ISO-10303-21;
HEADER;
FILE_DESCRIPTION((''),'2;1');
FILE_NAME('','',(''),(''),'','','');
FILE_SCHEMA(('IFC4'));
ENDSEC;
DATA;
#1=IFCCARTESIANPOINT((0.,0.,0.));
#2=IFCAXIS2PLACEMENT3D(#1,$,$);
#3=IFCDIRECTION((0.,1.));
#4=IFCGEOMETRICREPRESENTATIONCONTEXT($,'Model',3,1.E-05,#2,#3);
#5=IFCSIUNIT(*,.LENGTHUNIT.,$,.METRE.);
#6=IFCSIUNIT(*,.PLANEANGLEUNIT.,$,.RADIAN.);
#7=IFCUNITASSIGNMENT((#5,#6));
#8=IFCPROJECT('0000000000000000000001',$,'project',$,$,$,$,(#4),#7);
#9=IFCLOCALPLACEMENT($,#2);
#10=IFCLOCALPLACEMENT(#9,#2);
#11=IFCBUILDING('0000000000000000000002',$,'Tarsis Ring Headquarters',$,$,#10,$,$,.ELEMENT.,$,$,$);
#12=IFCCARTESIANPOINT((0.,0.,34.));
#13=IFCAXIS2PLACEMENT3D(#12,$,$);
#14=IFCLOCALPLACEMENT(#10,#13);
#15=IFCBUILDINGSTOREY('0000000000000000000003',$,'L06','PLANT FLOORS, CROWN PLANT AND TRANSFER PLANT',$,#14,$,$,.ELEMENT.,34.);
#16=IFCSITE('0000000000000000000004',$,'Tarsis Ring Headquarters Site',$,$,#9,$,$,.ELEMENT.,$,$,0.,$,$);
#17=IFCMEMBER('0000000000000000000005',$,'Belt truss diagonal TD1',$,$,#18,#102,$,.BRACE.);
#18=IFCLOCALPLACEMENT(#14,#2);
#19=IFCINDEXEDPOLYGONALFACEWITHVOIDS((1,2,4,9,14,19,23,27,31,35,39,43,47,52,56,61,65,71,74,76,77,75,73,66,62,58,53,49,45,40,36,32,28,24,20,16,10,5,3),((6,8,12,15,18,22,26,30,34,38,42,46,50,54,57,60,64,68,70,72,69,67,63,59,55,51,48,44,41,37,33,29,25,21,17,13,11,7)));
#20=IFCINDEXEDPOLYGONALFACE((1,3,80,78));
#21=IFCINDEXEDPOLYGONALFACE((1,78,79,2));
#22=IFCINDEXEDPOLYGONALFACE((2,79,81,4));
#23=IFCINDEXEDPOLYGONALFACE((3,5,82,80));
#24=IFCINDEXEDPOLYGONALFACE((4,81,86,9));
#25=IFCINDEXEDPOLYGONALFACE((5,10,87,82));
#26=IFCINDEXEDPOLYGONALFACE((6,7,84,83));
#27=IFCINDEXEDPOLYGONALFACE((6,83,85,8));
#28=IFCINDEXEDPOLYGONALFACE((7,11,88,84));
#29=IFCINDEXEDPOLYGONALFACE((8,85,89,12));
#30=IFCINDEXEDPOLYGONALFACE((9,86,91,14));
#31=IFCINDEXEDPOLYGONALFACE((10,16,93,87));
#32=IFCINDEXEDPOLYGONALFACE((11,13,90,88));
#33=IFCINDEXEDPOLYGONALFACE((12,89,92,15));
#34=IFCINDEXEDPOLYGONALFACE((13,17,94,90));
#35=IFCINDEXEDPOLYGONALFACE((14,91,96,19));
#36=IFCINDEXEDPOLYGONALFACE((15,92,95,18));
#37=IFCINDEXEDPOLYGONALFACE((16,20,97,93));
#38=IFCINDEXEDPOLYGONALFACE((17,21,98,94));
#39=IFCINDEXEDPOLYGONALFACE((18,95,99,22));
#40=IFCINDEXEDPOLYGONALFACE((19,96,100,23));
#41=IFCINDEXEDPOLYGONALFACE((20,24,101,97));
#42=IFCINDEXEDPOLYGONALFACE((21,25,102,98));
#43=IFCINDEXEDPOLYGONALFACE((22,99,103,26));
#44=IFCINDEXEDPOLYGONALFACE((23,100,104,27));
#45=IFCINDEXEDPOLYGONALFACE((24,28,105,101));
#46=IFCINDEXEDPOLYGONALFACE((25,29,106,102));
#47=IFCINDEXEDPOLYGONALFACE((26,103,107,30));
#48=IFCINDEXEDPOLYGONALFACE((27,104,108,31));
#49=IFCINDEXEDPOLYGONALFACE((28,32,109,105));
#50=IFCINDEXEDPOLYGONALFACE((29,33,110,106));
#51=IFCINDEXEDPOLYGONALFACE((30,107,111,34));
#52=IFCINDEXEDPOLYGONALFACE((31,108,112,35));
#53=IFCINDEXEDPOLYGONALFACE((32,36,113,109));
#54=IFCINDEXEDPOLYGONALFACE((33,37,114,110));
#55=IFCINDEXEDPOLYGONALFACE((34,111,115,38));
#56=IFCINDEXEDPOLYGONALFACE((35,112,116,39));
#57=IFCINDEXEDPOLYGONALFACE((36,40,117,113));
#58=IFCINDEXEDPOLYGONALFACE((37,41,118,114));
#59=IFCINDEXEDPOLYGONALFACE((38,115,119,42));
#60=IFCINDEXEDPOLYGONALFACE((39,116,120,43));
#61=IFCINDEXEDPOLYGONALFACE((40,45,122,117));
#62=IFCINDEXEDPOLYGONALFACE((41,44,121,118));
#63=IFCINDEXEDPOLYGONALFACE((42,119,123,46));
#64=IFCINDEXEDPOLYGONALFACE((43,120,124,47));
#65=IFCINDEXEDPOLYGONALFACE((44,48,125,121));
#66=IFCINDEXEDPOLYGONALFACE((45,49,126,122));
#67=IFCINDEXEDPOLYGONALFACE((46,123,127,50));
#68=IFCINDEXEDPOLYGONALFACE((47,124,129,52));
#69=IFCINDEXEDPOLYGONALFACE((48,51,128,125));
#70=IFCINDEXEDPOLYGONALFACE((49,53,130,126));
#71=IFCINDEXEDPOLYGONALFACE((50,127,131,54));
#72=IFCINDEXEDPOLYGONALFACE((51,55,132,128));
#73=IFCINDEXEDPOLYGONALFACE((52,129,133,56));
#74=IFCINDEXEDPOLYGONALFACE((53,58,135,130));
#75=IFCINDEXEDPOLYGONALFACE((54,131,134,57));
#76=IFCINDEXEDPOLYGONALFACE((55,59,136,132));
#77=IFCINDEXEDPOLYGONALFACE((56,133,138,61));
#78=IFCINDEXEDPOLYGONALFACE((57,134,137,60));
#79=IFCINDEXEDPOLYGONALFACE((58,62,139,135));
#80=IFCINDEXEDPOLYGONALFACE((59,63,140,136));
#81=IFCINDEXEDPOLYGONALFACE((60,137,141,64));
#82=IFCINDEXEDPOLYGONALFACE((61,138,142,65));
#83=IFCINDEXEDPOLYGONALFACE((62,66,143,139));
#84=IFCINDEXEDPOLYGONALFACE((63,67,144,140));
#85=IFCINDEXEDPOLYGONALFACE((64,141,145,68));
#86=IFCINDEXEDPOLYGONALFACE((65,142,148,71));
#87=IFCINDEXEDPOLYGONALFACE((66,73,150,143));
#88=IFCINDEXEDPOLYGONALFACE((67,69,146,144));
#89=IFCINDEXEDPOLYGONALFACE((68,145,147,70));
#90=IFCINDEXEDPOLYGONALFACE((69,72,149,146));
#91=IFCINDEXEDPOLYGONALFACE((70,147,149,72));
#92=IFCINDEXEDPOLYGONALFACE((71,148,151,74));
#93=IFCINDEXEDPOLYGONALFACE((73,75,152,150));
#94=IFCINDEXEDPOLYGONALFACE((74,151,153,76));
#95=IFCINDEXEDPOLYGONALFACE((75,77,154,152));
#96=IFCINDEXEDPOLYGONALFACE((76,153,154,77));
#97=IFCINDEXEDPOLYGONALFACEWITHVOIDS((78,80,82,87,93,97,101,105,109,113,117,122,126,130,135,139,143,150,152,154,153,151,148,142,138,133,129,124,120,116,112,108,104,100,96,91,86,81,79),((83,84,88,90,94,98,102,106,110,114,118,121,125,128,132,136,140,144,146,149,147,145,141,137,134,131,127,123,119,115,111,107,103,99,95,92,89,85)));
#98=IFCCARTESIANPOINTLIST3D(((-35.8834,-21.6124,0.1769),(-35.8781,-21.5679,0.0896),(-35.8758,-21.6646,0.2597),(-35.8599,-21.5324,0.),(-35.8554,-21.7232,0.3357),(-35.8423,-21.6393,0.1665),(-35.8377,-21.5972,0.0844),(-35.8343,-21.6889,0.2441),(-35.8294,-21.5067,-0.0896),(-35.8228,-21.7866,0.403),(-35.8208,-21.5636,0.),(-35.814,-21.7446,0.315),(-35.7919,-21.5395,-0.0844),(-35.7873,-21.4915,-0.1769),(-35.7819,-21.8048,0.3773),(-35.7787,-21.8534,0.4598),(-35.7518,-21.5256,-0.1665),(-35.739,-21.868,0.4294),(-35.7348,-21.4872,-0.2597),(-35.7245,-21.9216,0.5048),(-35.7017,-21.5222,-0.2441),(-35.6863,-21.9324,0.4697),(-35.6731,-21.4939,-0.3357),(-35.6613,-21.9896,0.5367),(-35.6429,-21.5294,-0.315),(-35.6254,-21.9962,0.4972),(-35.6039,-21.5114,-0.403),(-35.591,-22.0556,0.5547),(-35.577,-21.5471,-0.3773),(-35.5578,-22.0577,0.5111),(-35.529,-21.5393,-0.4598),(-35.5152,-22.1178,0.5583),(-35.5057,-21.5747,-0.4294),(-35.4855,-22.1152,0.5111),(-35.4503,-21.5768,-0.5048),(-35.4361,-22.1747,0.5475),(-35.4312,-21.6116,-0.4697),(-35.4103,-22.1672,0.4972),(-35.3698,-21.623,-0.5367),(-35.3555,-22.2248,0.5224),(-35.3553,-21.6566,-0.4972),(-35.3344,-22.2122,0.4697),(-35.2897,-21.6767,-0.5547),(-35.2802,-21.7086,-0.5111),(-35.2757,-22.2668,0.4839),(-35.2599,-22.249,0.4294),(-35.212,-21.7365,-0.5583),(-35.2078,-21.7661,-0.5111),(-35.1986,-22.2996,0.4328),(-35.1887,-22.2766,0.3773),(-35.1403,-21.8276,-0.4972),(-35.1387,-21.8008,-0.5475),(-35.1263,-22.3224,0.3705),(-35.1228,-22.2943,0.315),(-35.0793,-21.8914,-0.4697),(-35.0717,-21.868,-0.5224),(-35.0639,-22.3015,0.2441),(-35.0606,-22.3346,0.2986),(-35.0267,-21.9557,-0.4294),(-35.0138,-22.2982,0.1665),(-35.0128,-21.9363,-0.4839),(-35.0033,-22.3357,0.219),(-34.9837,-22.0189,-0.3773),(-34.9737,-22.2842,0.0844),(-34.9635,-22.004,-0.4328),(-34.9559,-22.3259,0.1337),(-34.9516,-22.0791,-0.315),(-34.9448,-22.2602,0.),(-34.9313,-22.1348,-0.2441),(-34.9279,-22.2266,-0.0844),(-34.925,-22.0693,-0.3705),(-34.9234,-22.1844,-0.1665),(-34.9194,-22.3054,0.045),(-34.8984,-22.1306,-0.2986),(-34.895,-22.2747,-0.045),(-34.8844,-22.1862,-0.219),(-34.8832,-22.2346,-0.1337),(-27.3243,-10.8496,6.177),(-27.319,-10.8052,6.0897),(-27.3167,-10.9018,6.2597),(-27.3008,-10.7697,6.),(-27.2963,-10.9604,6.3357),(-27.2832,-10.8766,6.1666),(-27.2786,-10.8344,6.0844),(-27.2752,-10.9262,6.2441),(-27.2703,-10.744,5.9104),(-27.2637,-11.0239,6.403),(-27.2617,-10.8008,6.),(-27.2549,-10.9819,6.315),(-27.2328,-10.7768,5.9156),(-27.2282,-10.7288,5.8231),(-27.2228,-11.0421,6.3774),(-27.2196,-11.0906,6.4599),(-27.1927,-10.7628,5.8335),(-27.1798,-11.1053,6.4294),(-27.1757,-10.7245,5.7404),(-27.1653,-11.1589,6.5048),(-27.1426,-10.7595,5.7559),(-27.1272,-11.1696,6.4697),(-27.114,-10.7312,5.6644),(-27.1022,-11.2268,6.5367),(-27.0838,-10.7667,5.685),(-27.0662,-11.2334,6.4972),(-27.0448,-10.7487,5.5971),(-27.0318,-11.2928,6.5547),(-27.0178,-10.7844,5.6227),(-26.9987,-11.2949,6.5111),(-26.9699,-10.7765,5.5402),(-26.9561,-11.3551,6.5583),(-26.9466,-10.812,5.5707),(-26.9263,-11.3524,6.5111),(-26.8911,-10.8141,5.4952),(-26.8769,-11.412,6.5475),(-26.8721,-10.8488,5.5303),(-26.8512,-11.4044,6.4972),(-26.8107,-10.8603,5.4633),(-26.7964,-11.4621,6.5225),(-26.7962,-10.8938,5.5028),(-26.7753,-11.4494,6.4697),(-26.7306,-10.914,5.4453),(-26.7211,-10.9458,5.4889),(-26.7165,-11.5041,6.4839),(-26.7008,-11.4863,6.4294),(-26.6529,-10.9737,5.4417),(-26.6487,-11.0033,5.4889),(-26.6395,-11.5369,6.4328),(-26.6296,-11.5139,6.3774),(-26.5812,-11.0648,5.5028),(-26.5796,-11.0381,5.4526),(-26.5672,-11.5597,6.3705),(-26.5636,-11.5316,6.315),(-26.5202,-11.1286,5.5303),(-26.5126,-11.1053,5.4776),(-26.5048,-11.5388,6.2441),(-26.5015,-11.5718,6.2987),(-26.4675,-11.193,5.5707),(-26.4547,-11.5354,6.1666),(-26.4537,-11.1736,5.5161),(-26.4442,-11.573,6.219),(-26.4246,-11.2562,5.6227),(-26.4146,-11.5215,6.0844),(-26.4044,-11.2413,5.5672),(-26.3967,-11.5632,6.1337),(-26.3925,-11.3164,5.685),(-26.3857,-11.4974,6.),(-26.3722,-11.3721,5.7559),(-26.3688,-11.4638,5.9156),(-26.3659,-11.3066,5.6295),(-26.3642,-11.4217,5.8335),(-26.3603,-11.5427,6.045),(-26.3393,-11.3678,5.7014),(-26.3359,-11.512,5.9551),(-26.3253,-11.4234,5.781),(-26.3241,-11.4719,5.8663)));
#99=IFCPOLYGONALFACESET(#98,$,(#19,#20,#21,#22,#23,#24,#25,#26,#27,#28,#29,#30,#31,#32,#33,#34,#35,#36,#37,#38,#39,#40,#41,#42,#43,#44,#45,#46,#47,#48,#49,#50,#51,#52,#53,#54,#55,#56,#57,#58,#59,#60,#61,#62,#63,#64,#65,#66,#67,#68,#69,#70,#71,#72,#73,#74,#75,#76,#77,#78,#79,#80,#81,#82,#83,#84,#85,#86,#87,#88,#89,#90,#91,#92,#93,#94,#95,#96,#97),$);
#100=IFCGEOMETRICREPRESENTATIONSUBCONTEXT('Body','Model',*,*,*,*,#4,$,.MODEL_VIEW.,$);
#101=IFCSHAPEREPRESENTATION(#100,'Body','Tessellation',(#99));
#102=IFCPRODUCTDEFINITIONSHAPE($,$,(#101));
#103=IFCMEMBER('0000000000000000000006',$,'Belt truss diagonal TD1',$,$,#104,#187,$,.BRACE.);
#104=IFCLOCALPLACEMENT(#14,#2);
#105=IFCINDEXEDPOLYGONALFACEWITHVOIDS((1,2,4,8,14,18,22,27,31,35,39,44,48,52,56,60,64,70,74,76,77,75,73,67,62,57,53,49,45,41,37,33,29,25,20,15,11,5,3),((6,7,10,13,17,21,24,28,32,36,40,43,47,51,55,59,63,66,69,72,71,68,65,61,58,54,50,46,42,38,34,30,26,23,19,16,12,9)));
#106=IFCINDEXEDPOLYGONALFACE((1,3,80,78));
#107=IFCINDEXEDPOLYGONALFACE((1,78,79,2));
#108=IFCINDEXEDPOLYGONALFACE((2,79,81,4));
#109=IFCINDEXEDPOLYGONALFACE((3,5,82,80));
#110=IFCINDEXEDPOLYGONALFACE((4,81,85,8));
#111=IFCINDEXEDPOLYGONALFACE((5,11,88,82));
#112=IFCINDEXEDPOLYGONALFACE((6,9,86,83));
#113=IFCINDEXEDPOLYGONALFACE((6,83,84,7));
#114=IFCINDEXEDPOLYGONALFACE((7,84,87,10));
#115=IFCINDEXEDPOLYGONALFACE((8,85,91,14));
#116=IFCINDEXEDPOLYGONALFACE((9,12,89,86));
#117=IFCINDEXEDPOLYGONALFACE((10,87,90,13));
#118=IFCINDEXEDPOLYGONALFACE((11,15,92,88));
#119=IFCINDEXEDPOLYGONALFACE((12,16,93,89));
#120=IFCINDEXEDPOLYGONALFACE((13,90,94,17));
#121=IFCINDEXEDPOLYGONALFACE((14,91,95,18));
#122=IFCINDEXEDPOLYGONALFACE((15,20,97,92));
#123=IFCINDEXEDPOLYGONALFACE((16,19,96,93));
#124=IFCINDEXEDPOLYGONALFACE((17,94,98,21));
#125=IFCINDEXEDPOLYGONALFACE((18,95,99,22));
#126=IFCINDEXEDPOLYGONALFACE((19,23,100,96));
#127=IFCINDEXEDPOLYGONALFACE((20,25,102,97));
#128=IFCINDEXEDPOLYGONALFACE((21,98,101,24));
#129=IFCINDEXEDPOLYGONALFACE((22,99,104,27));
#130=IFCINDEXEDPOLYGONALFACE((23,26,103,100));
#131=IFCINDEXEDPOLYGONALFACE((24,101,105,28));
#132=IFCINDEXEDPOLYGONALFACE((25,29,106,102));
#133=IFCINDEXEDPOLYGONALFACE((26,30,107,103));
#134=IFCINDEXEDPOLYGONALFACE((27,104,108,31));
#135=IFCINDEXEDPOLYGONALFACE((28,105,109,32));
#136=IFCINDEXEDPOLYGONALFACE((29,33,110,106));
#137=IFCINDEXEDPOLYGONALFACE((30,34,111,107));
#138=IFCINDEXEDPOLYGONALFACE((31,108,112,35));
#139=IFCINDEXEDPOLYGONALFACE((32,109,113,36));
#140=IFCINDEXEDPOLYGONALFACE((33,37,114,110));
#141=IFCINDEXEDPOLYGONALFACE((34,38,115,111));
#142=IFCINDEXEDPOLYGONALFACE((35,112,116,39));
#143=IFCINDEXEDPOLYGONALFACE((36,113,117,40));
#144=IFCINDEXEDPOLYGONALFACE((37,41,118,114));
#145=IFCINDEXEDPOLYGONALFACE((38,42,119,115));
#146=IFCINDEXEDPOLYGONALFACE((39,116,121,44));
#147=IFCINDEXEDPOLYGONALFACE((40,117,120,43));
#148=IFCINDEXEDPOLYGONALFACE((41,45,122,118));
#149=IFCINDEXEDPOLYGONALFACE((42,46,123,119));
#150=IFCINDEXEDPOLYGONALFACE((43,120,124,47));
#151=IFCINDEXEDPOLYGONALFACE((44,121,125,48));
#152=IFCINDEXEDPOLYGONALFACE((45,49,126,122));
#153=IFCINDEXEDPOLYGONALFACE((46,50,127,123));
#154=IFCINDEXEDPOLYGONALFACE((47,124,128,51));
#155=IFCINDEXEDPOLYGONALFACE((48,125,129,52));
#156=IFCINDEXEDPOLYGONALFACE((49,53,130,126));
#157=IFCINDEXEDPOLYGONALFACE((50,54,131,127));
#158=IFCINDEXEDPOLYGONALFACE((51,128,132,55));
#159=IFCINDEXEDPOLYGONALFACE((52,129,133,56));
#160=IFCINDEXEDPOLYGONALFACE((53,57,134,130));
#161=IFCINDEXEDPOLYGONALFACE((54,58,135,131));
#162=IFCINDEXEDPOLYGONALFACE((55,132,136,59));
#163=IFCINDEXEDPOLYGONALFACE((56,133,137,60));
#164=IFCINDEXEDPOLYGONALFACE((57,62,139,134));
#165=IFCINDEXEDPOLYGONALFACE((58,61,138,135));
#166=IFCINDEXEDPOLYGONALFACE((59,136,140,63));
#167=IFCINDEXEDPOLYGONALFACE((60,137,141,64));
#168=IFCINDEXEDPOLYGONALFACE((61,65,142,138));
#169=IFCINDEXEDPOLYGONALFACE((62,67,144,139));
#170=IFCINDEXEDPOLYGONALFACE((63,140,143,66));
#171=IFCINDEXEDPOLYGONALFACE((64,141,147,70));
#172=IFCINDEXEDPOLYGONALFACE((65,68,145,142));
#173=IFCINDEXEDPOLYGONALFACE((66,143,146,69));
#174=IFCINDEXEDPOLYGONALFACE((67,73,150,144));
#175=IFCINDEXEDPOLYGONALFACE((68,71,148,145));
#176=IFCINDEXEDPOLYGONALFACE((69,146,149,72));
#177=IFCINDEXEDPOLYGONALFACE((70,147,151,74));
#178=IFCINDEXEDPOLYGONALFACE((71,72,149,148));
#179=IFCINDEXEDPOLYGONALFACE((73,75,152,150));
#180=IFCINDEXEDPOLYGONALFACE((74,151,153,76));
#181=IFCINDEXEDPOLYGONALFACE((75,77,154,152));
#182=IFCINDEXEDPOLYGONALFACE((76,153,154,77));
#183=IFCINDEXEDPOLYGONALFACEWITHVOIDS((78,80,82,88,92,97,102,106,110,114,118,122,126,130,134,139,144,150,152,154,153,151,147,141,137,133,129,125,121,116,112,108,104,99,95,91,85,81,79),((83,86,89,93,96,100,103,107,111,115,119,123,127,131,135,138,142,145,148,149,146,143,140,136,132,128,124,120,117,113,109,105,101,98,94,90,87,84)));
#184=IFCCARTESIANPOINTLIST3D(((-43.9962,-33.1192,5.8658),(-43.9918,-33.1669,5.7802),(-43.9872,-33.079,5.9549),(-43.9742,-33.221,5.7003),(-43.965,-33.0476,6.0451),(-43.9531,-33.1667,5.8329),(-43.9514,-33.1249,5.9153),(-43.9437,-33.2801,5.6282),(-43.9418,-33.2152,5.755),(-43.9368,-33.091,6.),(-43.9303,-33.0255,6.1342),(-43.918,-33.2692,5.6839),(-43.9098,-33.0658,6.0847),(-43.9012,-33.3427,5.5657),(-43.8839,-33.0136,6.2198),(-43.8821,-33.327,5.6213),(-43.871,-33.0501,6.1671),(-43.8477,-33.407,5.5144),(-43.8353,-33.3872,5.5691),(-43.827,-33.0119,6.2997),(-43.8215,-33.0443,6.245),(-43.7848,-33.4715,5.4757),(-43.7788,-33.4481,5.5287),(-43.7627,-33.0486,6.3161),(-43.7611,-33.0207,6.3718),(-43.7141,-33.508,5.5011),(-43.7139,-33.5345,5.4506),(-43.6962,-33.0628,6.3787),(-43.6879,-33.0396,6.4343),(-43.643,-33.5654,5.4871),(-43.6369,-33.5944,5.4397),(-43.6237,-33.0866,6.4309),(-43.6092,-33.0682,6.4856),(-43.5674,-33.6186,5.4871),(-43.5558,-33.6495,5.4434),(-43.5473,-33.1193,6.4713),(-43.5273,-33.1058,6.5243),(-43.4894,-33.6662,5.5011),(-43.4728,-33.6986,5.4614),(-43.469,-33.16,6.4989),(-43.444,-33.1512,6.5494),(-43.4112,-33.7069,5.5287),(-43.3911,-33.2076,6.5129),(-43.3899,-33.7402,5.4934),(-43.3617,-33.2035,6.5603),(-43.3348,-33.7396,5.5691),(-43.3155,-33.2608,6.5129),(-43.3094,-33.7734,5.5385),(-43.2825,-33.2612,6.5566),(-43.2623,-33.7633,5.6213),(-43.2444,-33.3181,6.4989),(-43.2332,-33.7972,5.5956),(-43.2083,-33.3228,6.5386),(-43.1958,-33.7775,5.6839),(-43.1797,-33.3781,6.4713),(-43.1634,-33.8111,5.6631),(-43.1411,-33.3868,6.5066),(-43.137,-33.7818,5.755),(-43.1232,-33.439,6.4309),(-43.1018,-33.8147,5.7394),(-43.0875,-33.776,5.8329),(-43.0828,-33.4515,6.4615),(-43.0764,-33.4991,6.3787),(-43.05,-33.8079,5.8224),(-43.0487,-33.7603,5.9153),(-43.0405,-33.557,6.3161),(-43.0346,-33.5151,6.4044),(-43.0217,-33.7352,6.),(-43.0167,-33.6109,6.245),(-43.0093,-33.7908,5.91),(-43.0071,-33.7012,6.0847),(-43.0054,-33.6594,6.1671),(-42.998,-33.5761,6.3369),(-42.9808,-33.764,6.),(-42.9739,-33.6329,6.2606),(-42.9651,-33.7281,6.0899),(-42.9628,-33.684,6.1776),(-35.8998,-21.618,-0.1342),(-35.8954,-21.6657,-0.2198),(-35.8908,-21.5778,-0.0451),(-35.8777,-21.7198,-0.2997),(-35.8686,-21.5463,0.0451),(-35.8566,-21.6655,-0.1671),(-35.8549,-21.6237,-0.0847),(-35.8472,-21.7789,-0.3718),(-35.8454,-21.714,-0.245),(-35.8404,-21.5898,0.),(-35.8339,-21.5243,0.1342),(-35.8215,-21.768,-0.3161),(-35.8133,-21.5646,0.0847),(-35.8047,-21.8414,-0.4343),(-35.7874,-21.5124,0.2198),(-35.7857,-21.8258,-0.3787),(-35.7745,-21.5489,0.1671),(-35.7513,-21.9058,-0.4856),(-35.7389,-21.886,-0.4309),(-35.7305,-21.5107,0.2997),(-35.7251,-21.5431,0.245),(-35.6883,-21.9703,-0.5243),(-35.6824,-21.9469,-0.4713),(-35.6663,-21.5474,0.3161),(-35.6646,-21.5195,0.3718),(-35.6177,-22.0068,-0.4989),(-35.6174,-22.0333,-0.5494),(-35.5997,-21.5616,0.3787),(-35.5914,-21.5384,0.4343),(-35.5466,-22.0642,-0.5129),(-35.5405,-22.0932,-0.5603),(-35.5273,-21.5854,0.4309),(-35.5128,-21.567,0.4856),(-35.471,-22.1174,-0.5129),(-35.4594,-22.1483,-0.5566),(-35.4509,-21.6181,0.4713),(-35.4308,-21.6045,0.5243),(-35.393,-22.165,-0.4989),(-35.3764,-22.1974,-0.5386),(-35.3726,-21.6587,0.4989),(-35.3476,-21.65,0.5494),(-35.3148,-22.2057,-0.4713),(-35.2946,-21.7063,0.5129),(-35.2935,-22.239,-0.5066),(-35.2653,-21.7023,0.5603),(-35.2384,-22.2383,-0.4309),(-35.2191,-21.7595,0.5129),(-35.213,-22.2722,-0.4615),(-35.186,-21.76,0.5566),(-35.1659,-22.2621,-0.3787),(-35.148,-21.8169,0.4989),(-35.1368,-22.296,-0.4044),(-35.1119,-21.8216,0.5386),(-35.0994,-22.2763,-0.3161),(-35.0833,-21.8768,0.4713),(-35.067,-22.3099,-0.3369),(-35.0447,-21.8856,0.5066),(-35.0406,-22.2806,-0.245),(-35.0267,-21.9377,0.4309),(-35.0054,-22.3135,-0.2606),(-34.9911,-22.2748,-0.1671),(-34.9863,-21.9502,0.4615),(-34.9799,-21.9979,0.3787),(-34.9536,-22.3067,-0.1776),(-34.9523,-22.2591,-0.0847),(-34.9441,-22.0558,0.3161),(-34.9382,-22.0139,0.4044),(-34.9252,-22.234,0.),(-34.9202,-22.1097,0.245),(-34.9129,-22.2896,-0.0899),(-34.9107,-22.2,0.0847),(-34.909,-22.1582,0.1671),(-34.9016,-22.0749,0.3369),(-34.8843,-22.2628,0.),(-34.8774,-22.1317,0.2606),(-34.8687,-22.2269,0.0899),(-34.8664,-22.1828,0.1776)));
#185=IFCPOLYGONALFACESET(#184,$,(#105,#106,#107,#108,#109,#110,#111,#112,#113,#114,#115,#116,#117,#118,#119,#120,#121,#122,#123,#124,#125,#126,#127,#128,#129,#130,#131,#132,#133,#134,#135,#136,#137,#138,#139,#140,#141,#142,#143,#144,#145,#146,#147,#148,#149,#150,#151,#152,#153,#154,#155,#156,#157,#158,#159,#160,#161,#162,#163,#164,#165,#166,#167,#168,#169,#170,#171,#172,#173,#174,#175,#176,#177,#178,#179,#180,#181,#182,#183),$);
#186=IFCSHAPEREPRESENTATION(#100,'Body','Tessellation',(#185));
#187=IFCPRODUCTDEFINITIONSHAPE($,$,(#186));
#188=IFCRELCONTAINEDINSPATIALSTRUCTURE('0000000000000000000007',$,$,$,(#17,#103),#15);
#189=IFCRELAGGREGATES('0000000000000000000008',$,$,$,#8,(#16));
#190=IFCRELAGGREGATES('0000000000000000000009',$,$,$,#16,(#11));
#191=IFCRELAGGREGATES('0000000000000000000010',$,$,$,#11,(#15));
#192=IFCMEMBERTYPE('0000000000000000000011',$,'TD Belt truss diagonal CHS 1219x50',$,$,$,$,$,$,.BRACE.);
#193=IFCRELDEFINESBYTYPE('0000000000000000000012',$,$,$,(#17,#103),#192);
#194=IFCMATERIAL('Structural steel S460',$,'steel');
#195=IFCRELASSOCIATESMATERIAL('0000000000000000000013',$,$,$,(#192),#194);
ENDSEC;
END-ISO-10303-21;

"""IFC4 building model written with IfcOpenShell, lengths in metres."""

from ifc_helpers import new_model, si_unit, direction, frame, origin, origin_2d, place, context, subcontext, project, spatial, hollow_circle, extrude, material, material_profile, profile_set, type_object, element, save


model = new_model("IFC4")

# Units and contexts
model_context = context("Model", 3, precision=1e-05, world=origin(), true_north=direction((0.0, 1.0)))
body_context = subcontext(model_context, "Body", "Model", "MODEL_VIEW")
ifc_project = project(units=[si_unit("LENGTHUNIT", "METRE"), si_unit("PLANEANGLEUNIT", "RADIAN")], contexts=[model_context])

# Site, building, storey
site_placement = place(None, origin())
site = spatial("IfcSite", under=ifc_project, at=site_placement, Name="Tarsis Ring Headquarters Site", CompositionType="ELEMENT", RefElevation=0.0)
building_placement = place(site_placement, origin())
building = spatial("IfcBuilding", under=site, at=building_placement, Name="Tarsis Ring Headquarters", CompositionType="ELEMENT")
storey_placement = place(building_placement, frame((0.0, 0.0, 34.0)))
storey = spatial("IfcBuildingStorey", under=building, at=storey_placement, Name="L06", Description="PLANT FLOORS, CROWN PLANT AND TRANSFER PLANT", CompositionType="ELEMENT", Elevation=34.0)

# Shared definitions
ifc_material_1 = material(Name="Structural steel S460", Category="steel")
ifc_material_profile_1 = material_profile(ifc_material_1, hollow_circle(Radius=0.6096, WallThickness=0.05, at=origin_2d()), Name="CHS 1219x50")
ifc_profile_set_1 = profile_set([ifc_material_profile_1], Name="Structural steel S460")

# Members
member_type_1 = type_object("IfcMemberType", Name="TD Belt truss diagonal CHS 1219x50", PredefinedType="BRACE", material=ifc_profile_set_1)
member_1_placement = place(storey_placement, frame((-35.3828, -21.9119, 0.0), z_axis=(0.570487, 0.717364, 0.399917), x_axis=(-0.782677, 0.622428, 0.0)))
element("IfcMember", 1, at=member_1_placement, inside=storey, type_object=member_type_1, Name="Belt truss diagonal TD1", PredefinedType="BRACE", context=body_context, shape_type="SweptSolid", body=[
    extrude(hollow_circle(Radius=0.6096, WallThickness=0.05, at=origin_2d()), origin(), (0.0, 0.0, 1.0), 15.0032),
])
member_2_placement = place(storey_placement, frame((-35.3828, -21.9119, 0.0), z_axis=(-0.529473, -0.752131, 0.392375), x_axis=(0.817707, -0.575635, 0.0)))
element("IfcMember", 2, at=member_2_placement, inside=storey, type_object=member_type_1, Name="Belt truss diagonal TD1", PredefinedType="BRACE", context=body_context, shape_type="SweptSolid", body=[
    extrude(hollow_circle(Radius=0.6096, WallThickness=0.05, at=origin_2d()), origin(), (0.0, 0.0, 1.0), 15.2915),
])

save(model, "model.ifc")
